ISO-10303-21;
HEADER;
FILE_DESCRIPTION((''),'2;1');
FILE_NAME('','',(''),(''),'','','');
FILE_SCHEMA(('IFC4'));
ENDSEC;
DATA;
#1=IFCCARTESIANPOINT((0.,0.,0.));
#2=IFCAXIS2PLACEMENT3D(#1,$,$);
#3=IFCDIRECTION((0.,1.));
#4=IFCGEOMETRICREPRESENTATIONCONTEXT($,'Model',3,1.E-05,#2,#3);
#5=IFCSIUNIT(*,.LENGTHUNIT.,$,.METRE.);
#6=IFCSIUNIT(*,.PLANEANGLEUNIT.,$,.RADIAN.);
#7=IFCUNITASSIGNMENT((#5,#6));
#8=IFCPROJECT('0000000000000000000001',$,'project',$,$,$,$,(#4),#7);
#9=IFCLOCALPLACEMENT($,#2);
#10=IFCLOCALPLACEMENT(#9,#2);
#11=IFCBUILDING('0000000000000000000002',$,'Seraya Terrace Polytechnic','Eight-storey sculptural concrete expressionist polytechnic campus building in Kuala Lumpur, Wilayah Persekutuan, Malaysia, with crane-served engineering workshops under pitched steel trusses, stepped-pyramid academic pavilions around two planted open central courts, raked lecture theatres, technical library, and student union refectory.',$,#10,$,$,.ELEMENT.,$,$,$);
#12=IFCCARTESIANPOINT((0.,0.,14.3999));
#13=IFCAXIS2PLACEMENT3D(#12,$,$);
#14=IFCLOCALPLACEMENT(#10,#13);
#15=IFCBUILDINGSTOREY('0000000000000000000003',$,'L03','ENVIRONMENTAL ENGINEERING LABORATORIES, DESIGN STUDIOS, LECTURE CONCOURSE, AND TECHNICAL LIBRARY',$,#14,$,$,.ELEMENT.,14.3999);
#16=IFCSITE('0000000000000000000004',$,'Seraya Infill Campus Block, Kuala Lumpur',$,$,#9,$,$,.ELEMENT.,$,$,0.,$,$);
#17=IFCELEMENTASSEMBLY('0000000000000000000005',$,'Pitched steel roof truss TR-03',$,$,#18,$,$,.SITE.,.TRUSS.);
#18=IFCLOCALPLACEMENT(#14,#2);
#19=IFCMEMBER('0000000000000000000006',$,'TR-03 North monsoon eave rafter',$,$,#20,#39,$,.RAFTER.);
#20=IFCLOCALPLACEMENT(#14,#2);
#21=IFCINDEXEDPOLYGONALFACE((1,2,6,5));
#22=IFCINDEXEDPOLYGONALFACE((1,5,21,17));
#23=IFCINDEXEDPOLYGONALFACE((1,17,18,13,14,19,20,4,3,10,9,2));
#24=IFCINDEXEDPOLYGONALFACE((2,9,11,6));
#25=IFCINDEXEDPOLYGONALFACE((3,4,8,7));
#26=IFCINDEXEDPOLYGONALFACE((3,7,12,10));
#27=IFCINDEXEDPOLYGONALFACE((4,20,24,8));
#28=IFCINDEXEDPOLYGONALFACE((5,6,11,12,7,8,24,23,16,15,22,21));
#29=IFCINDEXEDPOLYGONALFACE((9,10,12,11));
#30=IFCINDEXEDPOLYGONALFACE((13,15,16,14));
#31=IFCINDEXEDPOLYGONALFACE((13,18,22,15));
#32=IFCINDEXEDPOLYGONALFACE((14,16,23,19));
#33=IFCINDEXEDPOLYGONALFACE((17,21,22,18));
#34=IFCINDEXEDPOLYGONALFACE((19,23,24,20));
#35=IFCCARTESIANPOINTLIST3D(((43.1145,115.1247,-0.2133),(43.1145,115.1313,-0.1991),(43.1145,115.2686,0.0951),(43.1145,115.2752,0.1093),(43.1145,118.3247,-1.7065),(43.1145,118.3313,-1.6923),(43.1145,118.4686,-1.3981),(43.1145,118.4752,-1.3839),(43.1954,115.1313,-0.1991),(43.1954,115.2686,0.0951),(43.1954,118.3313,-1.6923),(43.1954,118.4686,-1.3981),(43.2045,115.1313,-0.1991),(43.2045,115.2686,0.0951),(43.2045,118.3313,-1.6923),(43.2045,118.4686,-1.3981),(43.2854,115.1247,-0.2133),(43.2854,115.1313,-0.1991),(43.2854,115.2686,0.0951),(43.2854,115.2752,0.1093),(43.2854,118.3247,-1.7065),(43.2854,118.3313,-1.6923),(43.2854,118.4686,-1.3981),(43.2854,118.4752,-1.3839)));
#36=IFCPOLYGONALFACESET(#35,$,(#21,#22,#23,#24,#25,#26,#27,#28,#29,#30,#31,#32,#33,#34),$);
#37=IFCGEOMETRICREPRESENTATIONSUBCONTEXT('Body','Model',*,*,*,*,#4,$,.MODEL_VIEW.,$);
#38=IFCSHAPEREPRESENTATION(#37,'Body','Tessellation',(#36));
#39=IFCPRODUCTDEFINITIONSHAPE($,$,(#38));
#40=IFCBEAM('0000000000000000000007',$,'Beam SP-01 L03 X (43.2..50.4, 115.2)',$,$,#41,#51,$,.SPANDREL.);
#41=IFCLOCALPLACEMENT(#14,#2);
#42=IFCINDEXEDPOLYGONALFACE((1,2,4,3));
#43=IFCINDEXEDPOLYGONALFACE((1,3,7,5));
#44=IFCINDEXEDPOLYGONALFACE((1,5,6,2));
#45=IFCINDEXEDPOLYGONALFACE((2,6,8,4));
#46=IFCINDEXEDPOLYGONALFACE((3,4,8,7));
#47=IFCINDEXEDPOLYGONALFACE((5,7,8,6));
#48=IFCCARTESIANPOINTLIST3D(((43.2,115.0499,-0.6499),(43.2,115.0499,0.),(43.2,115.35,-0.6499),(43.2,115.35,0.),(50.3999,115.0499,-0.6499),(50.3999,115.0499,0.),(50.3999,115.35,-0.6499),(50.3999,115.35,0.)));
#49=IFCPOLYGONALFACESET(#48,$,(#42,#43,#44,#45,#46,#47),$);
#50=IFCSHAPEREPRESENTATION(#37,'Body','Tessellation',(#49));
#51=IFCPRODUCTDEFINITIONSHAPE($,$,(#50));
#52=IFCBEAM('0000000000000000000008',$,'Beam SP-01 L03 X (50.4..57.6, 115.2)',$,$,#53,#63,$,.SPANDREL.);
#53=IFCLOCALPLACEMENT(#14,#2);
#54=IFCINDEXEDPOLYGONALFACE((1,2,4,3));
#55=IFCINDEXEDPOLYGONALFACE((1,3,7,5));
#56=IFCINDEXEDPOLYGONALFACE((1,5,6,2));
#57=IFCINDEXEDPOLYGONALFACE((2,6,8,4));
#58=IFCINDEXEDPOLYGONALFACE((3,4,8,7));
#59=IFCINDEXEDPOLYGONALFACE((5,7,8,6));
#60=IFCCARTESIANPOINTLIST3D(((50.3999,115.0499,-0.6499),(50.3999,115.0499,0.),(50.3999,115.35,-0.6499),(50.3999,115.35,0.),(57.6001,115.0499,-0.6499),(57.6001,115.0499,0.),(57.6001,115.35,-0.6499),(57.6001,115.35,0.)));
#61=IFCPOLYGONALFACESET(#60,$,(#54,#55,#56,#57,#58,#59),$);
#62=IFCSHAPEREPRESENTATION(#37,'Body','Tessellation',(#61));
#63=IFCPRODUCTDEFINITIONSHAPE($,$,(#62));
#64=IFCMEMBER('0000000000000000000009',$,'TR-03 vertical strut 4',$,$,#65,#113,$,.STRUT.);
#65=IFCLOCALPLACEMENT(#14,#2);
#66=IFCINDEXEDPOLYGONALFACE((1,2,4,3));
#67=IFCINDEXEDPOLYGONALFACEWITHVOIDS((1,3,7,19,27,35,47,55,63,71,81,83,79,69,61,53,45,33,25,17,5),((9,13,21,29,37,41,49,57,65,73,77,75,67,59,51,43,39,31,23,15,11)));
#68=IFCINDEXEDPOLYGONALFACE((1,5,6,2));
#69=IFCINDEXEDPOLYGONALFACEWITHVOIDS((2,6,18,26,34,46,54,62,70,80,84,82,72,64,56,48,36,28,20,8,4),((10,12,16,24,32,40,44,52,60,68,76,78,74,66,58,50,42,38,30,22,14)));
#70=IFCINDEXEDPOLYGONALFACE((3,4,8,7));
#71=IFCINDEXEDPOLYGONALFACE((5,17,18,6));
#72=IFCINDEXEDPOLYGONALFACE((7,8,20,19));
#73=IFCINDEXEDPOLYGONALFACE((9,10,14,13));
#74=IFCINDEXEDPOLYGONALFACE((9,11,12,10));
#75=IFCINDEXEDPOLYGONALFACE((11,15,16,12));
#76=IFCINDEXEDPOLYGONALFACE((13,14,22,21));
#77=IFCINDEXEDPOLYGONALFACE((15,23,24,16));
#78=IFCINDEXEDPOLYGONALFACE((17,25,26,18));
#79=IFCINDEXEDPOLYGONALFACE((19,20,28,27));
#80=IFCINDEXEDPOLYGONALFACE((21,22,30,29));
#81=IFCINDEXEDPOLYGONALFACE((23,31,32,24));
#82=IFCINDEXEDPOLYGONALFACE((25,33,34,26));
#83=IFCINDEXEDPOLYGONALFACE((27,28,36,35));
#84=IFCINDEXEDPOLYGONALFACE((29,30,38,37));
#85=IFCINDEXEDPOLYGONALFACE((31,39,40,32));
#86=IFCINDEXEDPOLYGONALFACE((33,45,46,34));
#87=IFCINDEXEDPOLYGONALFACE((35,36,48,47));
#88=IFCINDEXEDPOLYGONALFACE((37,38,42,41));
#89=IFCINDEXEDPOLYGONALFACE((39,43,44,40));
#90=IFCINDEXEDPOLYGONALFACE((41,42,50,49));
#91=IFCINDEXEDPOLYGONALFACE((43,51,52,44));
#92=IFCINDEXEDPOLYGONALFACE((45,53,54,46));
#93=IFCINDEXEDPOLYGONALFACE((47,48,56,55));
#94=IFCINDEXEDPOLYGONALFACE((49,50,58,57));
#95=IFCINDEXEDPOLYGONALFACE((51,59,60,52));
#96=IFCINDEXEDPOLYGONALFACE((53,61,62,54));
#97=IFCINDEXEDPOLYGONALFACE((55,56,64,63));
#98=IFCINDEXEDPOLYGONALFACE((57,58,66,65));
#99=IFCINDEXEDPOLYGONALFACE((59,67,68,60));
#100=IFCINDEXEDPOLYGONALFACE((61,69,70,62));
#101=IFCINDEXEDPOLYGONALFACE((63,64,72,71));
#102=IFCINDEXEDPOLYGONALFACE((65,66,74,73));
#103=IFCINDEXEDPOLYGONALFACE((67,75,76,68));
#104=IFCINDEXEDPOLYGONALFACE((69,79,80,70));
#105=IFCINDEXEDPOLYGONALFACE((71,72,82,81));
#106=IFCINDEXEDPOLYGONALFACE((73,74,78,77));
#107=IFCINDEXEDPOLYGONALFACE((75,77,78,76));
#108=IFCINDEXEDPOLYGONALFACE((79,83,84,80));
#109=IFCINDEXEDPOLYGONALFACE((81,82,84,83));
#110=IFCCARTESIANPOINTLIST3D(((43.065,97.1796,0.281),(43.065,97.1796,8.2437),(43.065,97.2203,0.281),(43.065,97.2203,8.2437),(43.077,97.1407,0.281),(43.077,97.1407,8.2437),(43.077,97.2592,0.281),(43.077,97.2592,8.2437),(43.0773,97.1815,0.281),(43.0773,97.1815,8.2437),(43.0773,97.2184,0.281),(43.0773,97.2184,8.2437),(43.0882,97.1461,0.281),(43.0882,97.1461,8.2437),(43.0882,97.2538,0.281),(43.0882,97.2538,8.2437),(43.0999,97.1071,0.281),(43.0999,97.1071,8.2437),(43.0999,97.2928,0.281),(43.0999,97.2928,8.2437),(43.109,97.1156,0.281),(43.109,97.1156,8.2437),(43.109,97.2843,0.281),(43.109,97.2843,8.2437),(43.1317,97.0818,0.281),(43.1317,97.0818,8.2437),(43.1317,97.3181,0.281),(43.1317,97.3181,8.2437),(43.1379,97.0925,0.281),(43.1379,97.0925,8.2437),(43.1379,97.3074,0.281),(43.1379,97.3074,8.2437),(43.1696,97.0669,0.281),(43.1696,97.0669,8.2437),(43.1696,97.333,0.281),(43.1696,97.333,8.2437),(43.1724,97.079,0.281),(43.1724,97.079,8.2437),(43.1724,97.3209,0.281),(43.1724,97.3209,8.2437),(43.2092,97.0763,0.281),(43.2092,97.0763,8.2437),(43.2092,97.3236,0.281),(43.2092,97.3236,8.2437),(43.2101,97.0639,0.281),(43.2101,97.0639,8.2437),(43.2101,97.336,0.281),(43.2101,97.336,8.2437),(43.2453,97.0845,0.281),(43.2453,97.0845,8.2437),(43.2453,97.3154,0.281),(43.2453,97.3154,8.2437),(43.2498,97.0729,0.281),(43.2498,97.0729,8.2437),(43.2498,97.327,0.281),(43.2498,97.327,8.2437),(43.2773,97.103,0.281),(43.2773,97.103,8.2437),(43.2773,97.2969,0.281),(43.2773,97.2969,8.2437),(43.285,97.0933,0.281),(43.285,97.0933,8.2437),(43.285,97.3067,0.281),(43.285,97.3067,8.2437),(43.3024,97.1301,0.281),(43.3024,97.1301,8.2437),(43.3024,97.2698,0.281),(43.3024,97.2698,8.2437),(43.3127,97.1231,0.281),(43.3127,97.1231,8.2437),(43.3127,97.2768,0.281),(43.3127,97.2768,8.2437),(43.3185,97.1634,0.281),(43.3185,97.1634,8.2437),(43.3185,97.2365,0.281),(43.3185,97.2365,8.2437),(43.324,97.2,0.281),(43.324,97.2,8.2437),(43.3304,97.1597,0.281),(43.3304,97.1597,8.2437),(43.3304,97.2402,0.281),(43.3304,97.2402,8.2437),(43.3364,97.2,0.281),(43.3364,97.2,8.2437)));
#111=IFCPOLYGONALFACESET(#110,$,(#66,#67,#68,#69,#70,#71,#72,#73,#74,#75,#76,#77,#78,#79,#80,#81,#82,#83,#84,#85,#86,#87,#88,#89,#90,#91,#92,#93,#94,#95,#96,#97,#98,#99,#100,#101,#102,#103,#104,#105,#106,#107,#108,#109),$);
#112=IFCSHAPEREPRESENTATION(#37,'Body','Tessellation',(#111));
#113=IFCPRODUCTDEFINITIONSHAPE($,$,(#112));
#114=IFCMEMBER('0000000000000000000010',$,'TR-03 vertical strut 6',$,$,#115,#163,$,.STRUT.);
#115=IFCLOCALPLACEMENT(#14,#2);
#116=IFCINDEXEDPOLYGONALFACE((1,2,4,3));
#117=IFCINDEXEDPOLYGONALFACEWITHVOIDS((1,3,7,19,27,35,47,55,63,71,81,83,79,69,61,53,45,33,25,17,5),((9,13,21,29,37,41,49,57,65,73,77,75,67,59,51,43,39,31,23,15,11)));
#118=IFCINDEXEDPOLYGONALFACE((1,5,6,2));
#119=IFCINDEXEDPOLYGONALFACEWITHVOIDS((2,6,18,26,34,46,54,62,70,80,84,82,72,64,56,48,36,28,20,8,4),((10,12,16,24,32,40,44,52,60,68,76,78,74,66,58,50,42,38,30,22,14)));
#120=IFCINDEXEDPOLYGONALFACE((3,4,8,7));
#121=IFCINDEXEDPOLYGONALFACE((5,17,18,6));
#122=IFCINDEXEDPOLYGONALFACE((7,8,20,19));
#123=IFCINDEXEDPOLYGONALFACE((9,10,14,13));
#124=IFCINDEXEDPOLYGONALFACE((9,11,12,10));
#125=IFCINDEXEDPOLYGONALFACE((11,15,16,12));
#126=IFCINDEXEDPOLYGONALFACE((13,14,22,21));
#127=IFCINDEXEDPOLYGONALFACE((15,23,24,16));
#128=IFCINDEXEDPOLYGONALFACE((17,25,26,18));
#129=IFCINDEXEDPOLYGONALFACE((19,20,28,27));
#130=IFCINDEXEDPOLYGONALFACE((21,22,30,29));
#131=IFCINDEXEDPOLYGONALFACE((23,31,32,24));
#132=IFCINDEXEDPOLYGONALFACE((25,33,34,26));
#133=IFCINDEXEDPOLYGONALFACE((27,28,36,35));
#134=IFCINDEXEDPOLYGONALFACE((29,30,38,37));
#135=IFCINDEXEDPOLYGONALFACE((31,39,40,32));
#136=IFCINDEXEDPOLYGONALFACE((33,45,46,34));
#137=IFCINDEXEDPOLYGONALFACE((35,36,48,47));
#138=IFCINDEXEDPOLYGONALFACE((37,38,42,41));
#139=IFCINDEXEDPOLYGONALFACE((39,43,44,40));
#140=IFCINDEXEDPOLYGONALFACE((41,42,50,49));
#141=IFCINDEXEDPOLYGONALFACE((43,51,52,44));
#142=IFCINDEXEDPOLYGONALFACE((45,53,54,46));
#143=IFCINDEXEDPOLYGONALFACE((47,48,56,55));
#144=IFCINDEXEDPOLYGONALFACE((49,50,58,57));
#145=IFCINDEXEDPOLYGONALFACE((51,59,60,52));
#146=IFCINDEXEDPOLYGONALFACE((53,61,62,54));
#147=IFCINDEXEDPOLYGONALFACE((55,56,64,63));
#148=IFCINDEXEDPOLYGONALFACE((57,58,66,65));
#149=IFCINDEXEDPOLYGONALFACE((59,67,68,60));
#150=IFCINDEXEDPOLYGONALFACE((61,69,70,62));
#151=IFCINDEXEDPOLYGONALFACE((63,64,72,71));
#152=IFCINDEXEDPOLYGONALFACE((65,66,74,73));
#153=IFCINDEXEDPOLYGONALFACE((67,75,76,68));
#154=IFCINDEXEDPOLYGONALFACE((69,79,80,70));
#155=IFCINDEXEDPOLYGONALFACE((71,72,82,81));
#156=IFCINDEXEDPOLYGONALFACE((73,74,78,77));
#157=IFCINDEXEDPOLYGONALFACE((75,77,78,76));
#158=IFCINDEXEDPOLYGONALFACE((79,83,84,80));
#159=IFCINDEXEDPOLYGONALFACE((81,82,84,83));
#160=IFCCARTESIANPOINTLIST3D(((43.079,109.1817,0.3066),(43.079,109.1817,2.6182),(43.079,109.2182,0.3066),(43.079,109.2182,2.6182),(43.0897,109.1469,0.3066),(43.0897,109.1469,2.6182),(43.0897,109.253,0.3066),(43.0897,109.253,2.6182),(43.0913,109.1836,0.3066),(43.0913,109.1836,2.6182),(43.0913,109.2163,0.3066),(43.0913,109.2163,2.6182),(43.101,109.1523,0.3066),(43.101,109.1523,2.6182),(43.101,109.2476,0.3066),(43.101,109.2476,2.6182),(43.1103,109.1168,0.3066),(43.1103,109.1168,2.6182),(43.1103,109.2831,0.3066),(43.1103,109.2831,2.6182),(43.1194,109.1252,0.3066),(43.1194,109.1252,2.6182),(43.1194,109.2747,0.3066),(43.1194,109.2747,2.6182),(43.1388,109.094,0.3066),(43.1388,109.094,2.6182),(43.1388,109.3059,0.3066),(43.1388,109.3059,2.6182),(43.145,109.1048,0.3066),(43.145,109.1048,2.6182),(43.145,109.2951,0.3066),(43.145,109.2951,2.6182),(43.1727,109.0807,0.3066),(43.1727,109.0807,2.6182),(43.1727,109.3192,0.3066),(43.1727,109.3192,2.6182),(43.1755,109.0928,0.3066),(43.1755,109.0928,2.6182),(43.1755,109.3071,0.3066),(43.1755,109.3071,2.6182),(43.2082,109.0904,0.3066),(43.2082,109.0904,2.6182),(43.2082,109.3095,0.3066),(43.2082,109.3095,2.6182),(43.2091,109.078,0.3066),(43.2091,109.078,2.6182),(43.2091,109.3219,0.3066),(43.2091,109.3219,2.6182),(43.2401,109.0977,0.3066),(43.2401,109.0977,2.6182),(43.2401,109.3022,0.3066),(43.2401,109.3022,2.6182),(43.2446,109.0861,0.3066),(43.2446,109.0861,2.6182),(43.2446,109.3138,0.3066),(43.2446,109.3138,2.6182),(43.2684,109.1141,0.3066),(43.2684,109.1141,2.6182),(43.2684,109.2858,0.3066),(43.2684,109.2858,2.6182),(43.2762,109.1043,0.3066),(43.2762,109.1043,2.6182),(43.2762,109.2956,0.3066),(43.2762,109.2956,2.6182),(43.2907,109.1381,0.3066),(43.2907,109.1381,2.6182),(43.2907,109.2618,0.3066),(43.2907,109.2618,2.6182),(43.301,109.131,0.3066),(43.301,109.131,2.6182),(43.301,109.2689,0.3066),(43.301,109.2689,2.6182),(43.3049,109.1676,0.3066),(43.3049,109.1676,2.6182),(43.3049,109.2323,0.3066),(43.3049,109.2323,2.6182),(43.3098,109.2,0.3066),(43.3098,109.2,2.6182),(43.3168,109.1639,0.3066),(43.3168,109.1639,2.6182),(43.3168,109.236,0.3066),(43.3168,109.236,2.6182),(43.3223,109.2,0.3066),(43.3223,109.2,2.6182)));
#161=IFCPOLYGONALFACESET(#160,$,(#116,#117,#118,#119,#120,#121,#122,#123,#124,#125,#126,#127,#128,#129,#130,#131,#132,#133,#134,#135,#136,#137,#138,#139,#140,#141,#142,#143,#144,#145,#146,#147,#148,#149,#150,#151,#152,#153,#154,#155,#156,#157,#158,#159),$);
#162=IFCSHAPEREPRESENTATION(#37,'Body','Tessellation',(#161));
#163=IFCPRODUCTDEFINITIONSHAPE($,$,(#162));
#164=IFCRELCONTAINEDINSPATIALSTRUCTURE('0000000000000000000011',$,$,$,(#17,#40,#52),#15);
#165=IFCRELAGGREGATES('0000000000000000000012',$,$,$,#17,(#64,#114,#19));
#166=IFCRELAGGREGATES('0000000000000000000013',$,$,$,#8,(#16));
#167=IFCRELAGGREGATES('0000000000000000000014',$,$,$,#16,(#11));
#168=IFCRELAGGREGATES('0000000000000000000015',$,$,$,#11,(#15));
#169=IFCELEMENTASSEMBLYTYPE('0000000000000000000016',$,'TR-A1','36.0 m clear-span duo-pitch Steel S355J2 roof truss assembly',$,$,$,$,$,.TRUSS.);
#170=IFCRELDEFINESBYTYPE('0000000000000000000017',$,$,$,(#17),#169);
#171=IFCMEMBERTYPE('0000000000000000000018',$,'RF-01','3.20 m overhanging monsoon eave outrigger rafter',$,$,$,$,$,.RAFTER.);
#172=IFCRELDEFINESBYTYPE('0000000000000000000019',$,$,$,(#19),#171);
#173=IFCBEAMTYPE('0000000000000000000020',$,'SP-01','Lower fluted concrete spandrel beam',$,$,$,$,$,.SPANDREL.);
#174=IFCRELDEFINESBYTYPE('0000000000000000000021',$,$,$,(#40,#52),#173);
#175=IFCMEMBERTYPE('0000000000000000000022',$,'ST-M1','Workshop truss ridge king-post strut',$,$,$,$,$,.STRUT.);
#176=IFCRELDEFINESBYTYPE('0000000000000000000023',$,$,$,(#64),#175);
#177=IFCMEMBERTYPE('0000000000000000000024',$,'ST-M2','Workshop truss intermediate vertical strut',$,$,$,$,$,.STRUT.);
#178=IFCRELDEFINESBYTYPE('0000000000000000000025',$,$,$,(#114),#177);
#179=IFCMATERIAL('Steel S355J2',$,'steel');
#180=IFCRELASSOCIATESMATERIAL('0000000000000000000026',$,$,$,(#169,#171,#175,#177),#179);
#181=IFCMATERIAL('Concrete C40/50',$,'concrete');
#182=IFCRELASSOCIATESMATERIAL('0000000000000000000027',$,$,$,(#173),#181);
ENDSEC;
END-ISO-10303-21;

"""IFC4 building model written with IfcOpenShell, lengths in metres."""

from ifc_helpers import new_model, si_unit, direction, frame, origin, origin_2d, place, context, subcontext, project, spatial, rectangle, hollow_circle, i_section, extrude, material, material_profile, profile_set, type_object, element, aggregate, save


model = new_model("IFC4")

# Units and contexts
model_context = context("Model", 3, precision=1e-05, world=origin(), true_north=direction((0.0, 1.0)))
body_context = subcontext(model_context, "Body", "Model", "MODEL_VIEW")
ifc_project = project(units=[si_unit("LENGTHUNIT", "METRE"), si_unit("PLANEANGLEUNIT", "RADIAN")], contexts=[model_context])

# Site, building, storey
site_placement = place(None, origin())
site = spatial("IfcSite", under=ifc_project, at=site_placement, Name="Seraya Infill Campus Block, Kuala Lumpur", CompositionType="ELEMENT", RefElevation=0.0)
building_placement = place(site_placement, origin())
building = spatial("IfcBuilding", under=site, at=building_placement, Name="Seraya Terrace Polytechnic", Description="Eight-storey sculptural concrete expressionist polytechnic campus building in Kuala Lumpur, Wilayah Persekutuan, Malaysia, with crane-served engineering workshops under pitched steel trusses, stepped-pyramid academic pavilions around two planted open central courts, raked lecture theatres, technical library, and student union refectory.", CompositionType="ELEMENT")
storey_placement = place(building_placement, frame((0.0, 0.0, 14.3999)))
storey = spatial("IfcBuildingStorey", under=building, at=storey_placement, Name="L03", Description="ENVIRONMENTAL ENGINEERING LABORATORIES, DESIGN STUDIOS, LECTURE CONCOURSE, AND TECHNICAL LIBRARY", CompositionType="ELEMENT", Elevation=14.3999)

# Element assembly
ifc_material_1 = material(Name="Steel S355J2", Category="steel")
element_assembly_type = type_object("IfcElementAssemblyType", Name="TR-A1", Description="36.0 m clear-span duo-pitch Steel S355J2 roof truss assembly", PredefinedType="TRUSS", material=ifc_material_1)
assembly_placement = place(storey_placement, origin())
assembly = element("IfcElementAssembly", 1, at=assembly_placement, inside=storey, type_object=element_assembly_type, Name="Pitched steel roof truss TR-03", AssemblyPlace="SITE", PredefinedType="TRUSS")

# Member
ifc_material_profile_1 = material_profile(ifc_material_1, i_section(OverallWidth=0.1709, OverallDepth=0.356, WebThickness=0.009, FlangeThickness=0.0156, at=origin_2d()), Name="UKB 356x171x9.1x15.7")
ifc_profile_set_1 = profile_set([ifc_material_profile_1], Name="Steel S355J2")
member_type_1 = type_object("IfcMemberType", Name="RF-01", Description="3.20 m overhanging monsoon eave outrigger rafter", PredefinedType="RAFTER", material=ifc_profile_set_1)
member_1_placement = place(storey_placement, frame((43.2, 115.2, -0.052), z_axis=(0.0, 0.906199, -0.422851), x_axis=(-1.0, 0.0, 0.0)))
member_1 = element("IfcMember", 2, at=member_1_placement, type_object=member_type_1, Name="TR-03 North monsoon eave rafter", PredefinedType="RAFTER", context=body_context, shape_type="SweptSolid", body=[
    extrude(i_section(OverallWidth=0.1709, OverallDepth=0.356, WebThickness=0.009, FlangeThickness=0.0156, at=origin_2d()), origin(), (0.0, 0.0, 1.0), 3.5312),
])

# Beams
ifc_material_2 = material(Name="Concrete C40/50", Category="concrete")
ifc_material_profile_2 = material_profile(ifc_material_2, rectangle(XDim=0.3, YDim=0.6499, at=origin_2d()), Name="RC 300x650")
ifc_profile_set_2 = profile_set([ifc_material_profile_2], Name="Concrete C40/50")
beam_type = type_object("IfcBeamType", Name="SP-01", Description="Lower fluted concrete spandrel beam", PredefinedType="SPANDREL", material=ifc_profile_set_2)
beam_1_placement = place(storey_placement, frame((43.2, 115.2, -0.325), z_axis=(1.0, 0.0, 0.0), x_axis=(0.0, 1.0, 0.0)))
element("IfcBeam", 3, at=beam_1_placement, inside=storey, type_object=beam_type, Name="Beam SP-01 L03 X (43.2..50.4, 115.2)", PredefinedType="SPANDREL", context=body_context, shape_type="SweptSolid", body=[
    extrude(rectangle(XDim=0.3, YDim=0.6499, at=origin_2d()), origin(), (0.0, 0.0, 1.0), 7.2),
])
beam_2_placement = place(storey_placement, frame((50.3999, 115.2, -0.325), z_axis=(1.0, 0.0, 0.0), x_axis=(0.0, 1.0, 0.0)))
element("IfcBeam", 4, at=beam_2_placement, inside=storey, type_object=beam_type, Name="Beam SP-01 L03 X (50.4..57.6, 115.2)", PredefinedType="SPANDREL", context=body_context, shape_type="SweptSolid", body=[
    extrude(rectangle(XDim=0.3, YDim=0.6499, at=origin_2d()), origin(), (0.0, 0.0, 1.0), 7.2002),
])

# Members
ifc_material_profile_3 = material_profile(ifc_material_1, hollow_circle(Radius=0.1365, WallThickness=0.0125, at=origin_2d()), Name="CHS 273.0x12.5")
ifc_profile_set_3 = profile_set([ifc_material_profile_3], Name="Steel S355J2")
member_type_2 = type_object("IfcMemberType", Name="ST-M1", Description="Workshop truss ridge king-post strut", PredefinedType="STRUT", material=ifc_profile_set_3)
member_2_placement = place(storey_placement, frame((43.2, 97.2, 0.281), z_axis=(0.0, 0.0, 1.0), x_axis=(1.0, 0.0, 0.0)))
member_2 = element("IfcMember", 5, at=member_2_placement, type_object=member_type_2, Name="TR-03 vertical strut 4", PredefinedType="STRUT", context=body_context, shape_type="SweptSolid", body=[
    extrude(hollow_circle(Radius=0.1365, WallThickness=0.0125, at=origin_2d()), origin(), (0.0, 0.0, 1.0), 7.9626),
])
ifc_material_profile_4 = material_profile(ifc_material_1, hollow_circle(Radius=0.1223, WallThickness=0.0125, at=origin_2d()), Name="CHS 244.5x12.5")
ifc_profile_set_4 = profile_set([ifc_material_profile_4], Name="Steel S355J2")
member_type_3 = type_object("IfcMemberType", Name="ST-M2", Description="Workshop truss intermediate vertical strut", PredefinedType="STRUT", material=ifc_profile_set_4)
member_3_placement = place(storey_placement, frame((43.2, 109.2, 0.3066), z_axis=(0.0, 0.0, 1.0), x_axis=(1.0, 0.0, 0.0)))
member_3 = element("IfcMember", 6, at=member_3_placement, type_object=member_type_3, Name="TR-03 vertical strut 6", PredefinedType="STRUT", context=body_context, shape_type="SweptSolid", body=[
    extrude(hollow_circle(Radius=0.1223, WallThickness=0.0125, at=origin_2d()), origin(), (0.0, 0.0, 1.0), 2.3115),
])

aggregate(assembly, [member_2, member_3, member_1])

save(model, "model.ifc")
